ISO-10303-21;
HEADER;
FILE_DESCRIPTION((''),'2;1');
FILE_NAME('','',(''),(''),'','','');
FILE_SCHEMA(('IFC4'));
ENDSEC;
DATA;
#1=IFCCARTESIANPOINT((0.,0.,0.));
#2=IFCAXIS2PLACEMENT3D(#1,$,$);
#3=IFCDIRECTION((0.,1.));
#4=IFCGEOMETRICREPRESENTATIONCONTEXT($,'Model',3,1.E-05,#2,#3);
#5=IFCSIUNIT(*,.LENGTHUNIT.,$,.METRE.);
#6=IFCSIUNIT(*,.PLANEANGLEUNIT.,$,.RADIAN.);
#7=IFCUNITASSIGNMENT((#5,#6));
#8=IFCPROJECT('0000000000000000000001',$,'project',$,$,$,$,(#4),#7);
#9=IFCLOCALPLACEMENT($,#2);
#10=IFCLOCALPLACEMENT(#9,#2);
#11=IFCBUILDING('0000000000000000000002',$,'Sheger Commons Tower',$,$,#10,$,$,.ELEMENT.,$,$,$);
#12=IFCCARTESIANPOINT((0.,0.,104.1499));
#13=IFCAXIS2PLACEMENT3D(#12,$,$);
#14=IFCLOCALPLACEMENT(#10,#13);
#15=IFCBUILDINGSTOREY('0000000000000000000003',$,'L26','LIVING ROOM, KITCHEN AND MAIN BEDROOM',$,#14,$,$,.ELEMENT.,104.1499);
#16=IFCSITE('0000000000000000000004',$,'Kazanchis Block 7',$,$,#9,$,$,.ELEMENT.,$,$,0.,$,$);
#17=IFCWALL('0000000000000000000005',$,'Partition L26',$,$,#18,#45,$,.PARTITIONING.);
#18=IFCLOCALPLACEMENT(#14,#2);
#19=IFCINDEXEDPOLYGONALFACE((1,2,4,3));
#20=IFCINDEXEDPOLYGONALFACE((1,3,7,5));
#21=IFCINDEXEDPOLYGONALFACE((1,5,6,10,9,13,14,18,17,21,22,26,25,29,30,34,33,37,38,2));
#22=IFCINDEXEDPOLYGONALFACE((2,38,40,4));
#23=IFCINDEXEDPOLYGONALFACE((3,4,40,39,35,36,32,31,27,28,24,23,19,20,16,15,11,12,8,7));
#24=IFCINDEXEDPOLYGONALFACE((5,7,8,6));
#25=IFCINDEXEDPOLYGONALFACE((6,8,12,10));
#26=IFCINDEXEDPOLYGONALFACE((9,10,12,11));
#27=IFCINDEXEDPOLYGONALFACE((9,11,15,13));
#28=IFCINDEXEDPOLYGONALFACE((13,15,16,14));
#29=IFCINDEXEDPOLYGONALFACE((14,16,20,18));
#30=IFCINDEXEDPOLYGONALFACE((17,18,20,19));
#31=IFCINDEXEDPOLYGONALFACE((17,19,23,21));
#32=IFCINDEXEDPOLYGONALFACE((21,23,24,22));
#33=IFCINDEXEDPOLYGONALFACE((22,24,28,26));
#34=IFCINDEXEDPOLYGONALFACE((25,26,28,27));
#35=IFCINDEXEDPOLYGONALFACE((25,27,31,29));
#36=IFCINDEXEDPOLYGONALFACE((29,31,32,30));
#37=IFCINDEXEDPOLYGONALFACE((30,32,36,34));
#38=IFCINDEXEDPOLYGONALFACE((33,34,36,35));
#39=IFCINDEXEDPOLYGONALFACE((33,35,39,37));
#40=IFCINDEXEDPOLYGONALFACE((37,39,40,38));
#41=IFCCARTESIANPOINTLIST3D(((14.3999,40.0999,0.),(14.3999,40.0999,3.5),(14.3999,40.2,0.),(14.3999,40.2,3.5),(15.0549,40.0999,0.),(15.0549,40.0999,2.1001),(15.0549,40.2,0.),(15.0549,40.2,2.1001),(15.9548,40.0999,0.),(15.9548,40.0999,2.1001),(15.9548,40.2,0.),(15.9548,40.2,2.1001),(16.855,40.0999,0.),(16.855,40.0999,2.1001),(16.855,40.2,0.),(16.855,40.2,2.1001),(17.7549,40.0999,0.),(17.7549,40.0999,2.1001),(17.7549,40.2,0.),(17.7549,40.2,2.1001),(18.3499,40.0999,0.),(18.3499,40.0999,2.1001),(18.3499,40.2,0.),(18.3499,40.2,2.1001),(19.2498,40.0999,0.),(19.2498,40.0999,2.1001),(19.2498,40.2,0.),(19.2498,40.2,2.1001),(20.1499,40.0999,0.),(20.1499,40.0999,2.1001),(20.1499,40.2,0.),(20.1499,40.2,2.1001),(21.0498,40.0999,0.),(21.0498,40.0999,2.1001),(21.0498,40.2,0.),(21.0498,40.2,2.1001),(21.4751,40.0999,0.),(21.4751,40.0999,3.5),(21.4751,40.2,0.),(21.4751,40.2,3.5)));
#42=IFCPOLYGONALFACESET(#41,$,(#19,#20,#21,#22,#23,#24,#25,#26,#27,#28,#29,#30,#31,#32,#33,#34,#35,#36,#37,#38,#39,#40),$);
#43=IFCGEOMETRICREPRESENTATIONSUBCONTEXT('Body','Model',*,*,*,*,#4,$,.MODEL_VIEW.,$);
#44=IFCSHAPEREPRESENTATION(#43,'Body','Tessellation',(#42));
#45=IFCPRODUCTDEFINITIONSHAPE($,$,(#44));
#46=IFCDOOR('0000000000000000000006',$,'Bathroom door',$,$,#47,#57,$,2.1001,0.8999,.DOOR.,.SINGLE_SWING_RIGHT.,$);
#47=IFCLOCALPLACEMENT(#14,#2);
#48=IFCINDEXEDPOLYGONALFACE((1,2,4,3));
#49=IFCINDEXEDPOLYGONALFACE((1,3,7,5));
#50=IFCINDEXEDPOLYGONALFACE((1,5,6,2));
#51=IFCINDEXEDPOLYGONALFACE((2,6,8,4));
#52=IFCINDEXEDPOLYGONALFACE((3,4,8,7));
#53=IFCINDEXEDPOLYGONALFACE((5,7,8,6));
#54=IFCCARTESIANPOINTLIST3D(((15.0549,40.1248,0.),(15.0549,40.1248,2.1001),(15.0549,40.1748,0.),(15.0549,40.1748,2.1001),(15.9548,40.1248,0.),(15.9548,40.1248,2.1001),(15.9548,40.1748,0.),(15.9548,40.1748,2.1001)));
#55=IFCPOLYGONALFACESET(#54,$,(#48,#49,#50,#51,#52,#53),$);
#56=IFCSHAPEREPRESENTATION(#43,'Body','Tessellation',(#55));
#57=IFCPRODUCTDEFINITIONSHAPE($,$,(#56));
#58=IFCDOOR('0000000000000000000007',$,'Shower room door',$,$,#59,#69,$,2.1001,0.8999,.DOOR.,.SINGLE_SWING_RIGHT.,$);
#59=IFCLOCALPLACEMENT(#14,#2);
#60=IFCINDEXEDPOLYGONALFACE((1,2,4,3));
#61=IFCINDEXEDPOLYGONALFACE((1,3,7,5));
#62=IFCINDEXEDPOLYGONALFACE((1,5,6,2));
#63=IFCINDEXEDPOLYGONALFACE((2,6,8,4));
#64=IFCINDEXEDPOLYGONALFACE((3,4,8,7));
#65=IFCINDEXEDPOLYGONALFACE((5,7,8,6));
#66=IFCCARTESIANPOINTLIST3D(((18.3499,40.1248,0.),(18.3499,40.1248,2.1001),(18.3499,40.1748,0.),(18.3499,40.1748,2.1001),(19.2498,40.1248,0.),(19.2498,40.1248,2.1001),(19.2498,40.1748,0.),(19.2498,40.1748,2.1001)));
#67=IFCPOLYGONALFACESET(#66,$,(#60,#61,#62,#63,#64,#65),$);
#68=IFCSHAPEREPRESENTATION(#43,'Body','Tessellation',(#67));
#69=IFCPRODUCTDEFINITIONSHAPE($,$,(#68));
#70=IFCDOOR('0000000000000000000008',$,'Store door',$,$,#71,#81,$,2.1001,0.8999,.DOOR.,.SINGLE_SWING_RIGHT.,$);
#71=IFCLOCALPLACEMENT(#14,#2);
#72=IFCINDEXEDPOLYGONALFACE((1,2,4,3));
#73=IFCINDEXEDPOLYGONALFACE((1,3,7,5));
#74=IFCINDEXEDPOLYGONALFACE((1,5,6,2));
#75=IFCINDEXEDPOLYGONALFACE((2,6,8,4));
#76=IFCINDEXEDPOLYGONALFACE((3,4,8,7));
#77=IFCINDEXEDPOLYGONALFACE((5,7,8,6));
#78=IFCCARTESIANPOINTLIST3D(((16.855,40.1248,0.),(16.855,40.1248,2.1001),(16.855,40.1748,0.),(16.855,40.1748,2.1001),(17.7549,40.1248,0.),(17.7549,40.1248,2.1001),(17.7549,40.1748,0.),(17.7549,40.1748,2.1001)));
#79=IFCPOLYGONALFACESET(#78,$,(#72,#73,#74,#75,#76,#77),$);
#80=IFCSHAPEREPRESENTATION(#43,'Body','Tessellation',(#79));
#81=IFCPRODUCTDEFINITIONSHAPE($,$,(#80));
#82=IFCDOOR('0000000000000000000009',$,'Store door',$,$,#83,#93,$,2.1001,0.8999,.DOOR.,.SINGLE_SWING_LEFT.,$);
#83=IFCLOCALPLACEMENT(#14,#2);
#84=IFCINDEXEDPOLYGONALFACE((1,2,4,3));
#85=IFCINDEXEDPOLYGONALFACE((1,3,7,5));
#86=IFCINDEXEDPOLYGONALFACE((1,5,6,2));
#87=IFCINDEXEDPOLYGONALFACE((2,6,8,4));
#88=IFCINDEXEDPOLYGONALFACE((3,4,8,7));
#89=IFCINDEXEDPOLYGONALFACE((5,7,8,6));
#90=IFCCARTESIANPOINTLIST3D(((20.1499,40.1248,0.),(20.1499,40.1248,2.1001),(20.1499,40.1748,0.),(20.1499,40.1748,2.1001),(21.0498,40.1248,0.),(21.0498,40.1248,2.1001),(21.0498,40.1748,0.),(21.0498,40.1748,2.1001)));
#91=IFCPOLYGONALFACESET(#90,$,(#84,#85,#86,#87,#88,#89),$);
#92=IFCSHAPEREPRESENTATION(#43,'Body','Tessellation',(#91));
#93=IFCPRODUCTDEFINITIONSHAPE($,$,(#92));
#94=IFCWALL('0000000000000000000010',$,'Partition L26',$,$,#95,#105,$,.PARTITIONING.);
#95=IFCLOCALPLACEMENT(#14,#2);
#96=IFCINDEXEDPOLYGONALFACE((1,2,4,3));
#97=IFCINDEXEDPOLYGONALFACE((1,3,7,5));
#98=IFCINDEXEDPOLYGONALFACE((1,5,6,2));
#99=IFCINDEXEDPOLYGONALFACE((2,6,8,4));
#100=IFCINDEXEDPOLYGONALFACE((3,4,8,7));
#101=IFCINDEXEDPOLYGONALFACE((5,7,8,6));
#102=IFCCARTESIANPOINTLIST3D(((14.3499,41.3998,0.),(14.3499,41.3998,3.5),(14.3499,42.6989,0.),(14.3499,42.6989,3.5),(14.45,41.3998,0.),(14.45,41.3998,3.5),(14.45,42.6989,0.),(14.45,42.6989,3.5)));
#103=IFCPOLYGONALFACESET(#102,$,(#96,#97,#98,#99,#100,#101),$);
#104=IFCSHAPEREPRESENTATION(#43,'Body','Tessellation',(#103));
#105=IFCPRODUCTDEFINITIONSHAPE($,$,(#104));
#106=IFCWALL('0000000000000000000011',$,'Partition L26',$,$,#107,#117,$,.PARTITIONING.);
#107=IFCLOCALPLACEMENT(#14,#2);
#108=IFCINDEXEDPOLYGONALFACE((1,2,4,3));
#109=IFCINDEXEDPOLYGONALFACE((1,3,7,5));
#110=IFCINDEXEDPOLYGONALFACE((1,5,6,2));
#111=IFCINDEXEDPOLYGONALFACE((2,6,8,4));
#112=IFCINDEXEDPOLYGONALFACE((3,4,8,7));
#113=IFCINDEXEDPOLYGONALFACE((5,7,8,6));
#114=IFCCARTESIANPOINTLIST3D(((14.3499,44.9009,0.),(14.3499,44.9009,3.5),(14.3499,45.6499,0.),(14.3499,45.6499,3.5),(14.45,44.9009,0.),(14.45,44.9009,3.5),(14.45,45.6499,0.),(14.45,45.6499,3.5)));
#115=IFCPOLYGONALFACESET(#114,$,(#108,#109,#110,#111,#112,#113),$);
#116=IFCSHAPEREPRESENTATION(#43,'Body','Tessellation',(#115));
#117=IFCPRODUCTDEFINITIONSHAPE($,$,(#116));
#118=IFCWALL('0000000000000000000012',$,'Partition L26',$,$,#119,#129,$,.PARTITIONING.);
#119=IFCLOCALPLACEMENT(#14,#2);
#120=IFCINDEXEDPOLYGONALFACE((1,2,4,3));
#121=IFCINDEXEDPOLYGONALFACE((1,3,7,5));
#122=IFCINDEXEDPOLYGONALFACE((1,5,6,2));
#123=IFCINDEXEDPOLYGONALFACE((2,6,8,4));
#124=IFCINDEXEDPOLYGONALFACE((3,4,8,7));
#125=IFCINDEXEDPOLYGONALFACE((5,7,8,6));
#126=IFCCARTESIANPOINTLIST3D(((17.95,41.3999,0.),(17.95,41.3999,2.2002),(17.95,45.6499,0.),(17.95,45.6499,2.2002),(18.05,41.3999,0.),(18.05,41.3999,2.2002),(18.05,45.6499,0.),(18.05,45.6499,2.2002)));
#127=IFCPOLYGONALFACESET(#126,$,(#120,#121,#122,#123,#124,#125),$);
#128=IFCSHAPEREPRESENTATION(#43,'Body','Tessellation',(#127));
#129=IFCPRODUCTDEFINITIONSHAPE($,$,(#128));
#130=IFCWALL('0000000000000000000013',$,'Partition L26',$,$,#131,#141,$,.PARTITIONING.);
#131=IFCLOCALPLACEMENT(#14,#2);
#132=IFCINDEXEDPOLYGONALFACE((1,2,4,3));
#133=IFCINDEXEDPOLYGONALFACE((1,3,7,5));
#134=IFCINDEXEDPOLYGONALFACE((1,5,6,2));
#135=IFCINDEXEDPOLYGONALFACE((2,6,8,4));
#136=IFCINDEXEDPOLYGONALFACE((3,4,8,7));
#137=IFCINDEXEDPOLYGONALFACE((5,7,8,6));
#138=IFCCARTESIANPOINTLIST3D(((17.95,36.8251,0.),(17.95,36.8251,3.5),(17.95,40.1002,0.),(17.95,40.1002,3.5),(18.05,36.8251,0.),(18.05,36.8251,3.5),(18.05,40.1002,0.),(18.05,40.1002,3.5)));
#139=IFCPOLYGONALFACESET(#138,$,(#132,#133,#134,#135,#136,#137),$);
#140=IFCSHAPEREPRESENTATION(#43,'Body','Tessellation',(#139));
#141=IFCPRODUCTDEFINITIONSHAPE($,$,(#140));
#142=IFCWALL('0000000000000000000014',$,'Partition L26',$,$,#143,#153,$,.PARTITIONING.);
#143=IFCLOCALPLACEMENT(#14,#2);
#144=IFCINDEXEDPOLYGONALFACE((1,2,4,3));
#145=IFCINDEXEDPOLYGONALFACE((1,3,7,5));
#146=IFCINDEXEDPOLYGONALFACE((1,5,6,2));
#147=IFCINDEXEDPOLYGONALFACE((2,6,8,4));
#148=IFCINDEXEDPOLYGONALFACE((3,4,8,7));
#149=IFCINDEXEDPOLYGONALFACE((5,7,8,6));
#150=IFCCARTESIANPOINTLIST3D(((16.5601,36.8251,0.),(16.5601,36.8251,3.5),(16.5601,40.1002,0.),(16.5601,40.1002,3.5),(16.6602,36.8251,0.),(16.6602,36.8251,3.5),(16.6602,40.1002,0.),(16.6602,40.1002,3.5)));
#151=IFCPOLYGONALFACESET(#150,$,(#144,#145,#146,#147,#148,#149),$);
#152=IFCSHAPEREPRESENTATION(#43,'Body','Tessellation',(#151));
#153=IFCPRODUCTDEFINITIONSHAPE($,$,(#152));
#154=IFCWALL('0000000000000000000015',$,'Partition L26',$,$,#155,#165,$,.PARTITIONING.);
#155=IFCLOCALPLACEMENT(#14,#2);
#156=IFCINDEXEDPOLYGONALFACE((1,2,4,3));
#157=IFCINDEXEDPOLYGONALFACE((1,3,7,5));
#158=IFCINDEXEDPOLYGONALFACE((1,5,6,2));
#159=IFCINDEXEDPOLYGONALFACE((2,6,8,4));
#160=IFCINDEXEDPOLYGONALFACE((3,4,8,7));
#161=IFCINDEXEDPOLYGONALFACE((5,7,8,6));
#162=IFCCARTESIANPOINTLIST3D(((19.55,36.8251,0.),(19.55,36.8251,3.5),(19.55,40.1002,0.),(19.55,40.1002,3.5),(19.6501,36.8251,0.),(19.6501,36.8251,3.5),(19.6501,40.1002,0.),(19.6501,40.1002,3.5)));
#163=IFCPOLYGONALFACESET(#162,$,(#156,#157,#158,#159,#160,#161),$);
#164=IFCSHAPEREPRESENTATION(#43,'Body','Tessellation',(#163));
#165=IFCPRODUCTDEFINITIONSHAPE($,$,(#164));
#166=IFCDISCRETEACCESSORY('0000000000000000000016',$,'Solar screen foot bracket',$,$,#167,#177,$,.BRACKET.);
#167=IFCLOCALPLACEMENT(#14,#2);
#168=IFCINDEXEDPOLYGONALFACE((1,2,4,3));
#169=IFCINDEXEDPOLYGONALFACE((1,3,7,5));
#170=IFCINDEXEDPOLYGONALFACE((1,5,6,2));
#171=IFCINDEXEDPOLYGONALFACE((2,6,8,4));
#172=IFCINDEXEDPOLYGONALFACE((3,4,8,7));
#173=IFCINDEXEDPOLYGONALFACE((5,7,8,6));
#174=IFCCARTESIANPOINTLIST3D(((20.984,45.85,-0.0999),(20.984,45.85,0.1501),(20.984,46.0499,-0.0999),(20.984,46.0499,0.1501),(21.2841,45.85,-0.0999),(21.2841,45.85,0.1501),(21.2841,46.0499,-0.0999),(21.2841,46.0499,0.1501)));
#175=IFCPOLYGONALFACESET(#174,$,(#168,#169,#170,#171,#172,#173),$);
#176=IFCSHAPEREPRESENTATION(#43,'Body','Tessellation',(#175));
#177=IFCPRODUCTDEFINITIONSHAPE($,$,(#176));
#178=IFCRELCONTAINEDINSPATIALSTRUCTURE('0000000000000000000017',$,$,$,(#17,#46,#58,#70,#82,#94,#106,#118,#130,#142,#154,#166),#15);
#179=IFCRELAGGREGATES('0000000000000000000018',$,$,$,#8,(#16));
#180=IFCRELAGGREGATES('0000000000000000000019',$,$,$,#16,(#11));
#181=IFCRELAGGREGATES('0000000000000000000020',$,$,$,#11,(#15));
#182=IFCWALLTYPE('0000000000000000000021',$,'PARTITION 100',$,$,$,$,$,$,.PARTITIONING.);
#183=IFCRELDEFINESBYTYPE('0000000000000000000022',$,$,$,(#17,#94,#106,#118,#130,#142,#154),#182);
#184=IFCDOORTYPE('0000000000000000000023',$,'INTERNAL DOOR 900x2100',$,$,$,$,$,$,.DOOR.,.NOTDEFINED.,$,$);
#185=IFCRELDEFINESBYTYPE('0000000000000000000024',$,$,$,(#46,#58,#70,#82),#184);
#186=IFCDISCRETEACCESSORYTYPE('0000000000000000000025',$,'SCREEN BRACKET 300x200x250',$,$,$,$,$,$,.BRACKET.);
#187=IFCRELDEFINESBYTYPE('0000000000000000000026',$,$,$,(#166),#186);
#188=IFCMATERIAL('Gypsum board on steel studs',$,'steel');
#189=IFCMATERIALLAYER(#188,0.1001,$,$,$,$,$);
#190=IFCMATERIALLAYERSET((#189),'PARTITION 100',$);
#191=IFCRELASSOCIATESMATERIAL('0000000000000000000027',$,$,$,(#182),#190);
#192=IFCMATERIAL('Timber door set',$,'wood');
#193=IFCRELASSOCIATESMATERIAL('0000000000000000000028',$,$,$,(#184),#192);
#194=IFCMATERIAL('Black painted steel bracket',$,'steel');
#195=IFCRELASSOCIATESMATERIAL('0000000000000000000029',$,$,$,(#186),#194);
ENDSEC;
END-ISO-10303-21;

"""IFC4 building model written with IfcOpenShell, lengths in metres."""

from ifc_helpers import new_model, si_unit, direction, frame, frame_2d, origin, origin_2d, place, context, subcontext, project, spatial, rectangle, extrude, material, layer, layer_set, type_object, element, fill, save


model = new_model("IFC4")

# Units and contexts
model_context = context("Model", 3, precision=1e-05, world=origin(), true_north=direction((0.0, 1.0)))
body_context = subcontext(model_context, "Body", "Model", "MODEL_VIEW")
ifc_project = project(units=[si_unit("LENGTHUNIT", "METRE"), si_unit("PLANEANGLEUNIT", "RADIAN")], contexts=[model_context])

# Site, building, storey
site_placement = place(None, origin())
site = spatial("IfcSite", under=ifc_project, at=site_placement, Name="Kazanchis Block 7", CompositionType="ELEMENT", RefElevation=0.0)
building_placement = place(site_placement, origin())
building = spatial("IfcBuilding", under=site, at=building_placement, Name="Sheger Commons Tower", CompositionType="ELEMENT")
storey_placement = place(building_placement, frame((0.0, 0.0, 104.1499)))
storey = spatial("IfcBuildingStorey", under=building, at=storey_placement, Name="L26", Description="LIVING ROOM, KITCHEN AND MAIN BEDROOM", CompositionType="ELEMENT", Elevation=104.1499)

# Wall, openings, doors
ifc_material_1 = material(Name="Gypsum board on steel studs", Category="steel")
ifc_layer_1 = layer(ifc_material_1, 0.1001)
ifc_layer_set_1 = layer_set([ifc_layer_1], Name="PARTITION 100")
wall_type_1 = type_object("IfcWallType", Name="PARTITION 100", PredefinedType="PARTITIONING", material=ifc_layer_set_1)
ifc_material_2 = material(Name="Timber door set", Category="wood")
door_type = type_object("IfcDoorType", Name="INTERNAL DOOR 900x2100", OperationType="NOTDEFINED", PredefinedType="DOOR", material=ifc_material_2)
wall_1_placement = place(storey_placement, frame((14.3999, 40.1499, 0.0), z_axis=(0.0, 0.0, 1.0), x_axis=(1.0, 0.0, 0.0)))
wall_1 = element("IfcWall", 1, at=wall_1_placement, inside=storey, type_object=wall_type_1, Name="Partition L26", PredefinedType="PARTITIONING", context=body_context, shape_type="SweptSolid", body=[
    extrude(rectangle(XDim=7.0752, YDim=0.1001, at=frame_2d((3.5376, 0.0))), origin(), (0.0, 0.0, 1.0), 3.5),
])
opening_1_placement = place(wall_1_placement, frame((0.655, 0.0, 0.0)))
opening_1 = element("IfcOpeningElement", 2, at=opening_1_placement, cuts=wall_1, PredefinedType="OPENING", context=body_context, shape_type="SweptSolid", body=[
    extrude(rectangle(XDim=0.8999, YDim=2.1001, at=frame_2d((0.45, 1.05))), frame((0.0, 0.0601, 0.0), z_axis=(0.0, -1.0, 0.0), x_axis=(1.0, 0.0, 0.0)), (0.0, 0.0, 1.0), 0.1201),
])
opening_2_placement = place(wall_1_placement, frame((3.95, 0.0, 0.0)))
opening_2 = element("IfcOpeningElement", 3, at=opening_2_placement, cuts=wall_1, PredefinedType="OPENING", context=body_context, shape_type="SweptSolid", body=[
    extrude(rectangle(XDim=0.8999, YDim=2.1001, at=frame_2d((0.45, 1.05))), frame((0.0, 0.0601, 0.0), z_axis=(0.0, -1.0, 0.0), x_axis=(1.0, 0.0, 0.0)), (0.0, 0.0, 1.0), 0.1201),
])
opening_3_placement = place(wall_1_placement, frame((2.4551, 0.0, 0.0)))
opening_3 = element("IfcOpeningElement", 4, at=opening_3_placement, cuts=wall_1, PredefinedType="OPENING", context=body_context, shape_type="SweptSolid", body=[
    extrude(rectangle(XDim=0.8999, YDim=2.1001, at=frame_2d((0.45, 1.05))), frame((0.0, 0.0601, 0.0), z_axis=(0.0, -1.0, 0.0), x_axis=(1.0, 0.0, 0.0)), (0.0, 0.0, 1.0), 0.1201),
])
opening_4_placement = place(wall_1_placement, frame((5.75, 0.0, 0.0)))
opening_4 = element("IfcOpeningElement", 5, at=opening_4_placement, cuts=wall_1, PredefinedType="OPENING", context=body_context, shape_type="SweptSolid", body=[
    extrude(rectangle(XDim=0.8999, YDim=2.1001, at=frame_2d((0.45, 1.05))), frame((0.0, 0.0601, 0.0), z_axis=(0.0, -1.0, 0.0), x_axis=(1.0, 0.0, 0.0)), (0.0, 0.0, 1.0), 0.1201),
])
door_1_placement = place(opening_1_placement, origin())
door_1 = element("IfcDoor", 6, at=door_1_placement, inside=storey, type_object=door_type, Name="Bathroom door", OperationType="SINGLE_SWING_RIGHT", OverallHeight=2.1001, OverallWidth=0.8999, PredefinedType="DOOR", context=body_context, shape_type="SweptSolid", body=[
    extrude(rectangle(XDim=0.8999, YDim=2.1001, at=frame_2d((0.45, 1.05))), frame((0.0, 0.0249, 0.0), z_axis=(0.0, -1.0, 0.0), x_axis=(1.0, 0.0, 0.0)), (0.0, 0.0, 1.0), 0.05),
])
fill(opening_1, door_1)
door_2_placement = place(opening_2_placement, origin())
door_2 = element("IfcDoor", 7, at=door_2_placement, inside=storey, type_object=door_type, Name="Shower room door", OperationType="SINGLE_SWING_RIGHT", OverallHeight=2.1001, OverallWidth=0.8999, PredefinedType="DOOR", context=body_context, shape_type="SweptSolid", body=[
    extrude(rectangle(XDim=0.8999, YDim=2.1001, at=frame_2d((0.45, 1.05))), frame((0.0, 0.0249, 0.0), z_axis=(0.0, -1.0, 0.0), x_axis=(1.0, 0.0, 0.0)), (0.0, 0.0, 1.0), 0.05),
])
fill(opening_2, door_2)
door_3_placement = place(opening_3_placement, origin())
door_3 = element("IfcDoor", 8, at=door_3_placement, inside=storey, type_object=door_type, Name="Store door", OperationType="SINGLE_SWING_RIGHT", OverallHeight=2.1001, OverallWidth=0.8999, PredefinedType="DOOR", context=body_context, shape_type="SweptSolid", body=[
    extrude(rectangle(XDim=0.8999, YDim=2.1001, at=frame_2d((0.45, 1.05))), frame((0.0, 0.0249, 0.0), z_axis=(0.0, -1.0, 0.0), x_axis=(1.0, 0.0, 0.0)), (0.0, 0.0, 1.0), 0.05),
])
fill(opening_3, door_3)
door_4_placement = place(opening_4_placement, origin())
door_4 = element("IfcDoor", 9, at=door_4_placement, inside=storey, type_object=door_type, Name="Store door", OperationType="SINGLE_SWING_LEFT", OverallHeight=2.1001, OverallWidth=0.8999, PredefinedType="DOOR", context=body_context, shape_type="SweptSolid", body=[
    extrude(rectangle(XDim=0.8999, YDim=2.1001, at=frame_2d((0.45, 1.05))), frame((0.0, 0.0249, 0.0), z_axis=(0.0, -1.0, 0.0), x_axis=(1.0, 0.0, 0.0)), (0.0, 0.0, 1.0), 0.05),
])
fill(opening_4, door_4)

# Walls
wall_2_placement = place(storey_placement, frame((14.3999, 41.3999, 0.0), z_axis=(0.0, 0.0, 1.0), x_axis=(0.0, 1.0, 0.0)))
element("IfcWall", 10, at=wall_2_placement, inside=storey, type_object=wall_type_1, Name="Partition L26", PredefinedType="PARTITIONING", context=body_context, shape_type="SweptSolid", body=[
    extrude(rectangle(XDim=1.2991, YDim=0.1001, at=frame_2d((0.6494, 0.0))), origin(), (0.0, 0.0, 1.0), 3.5),
])
wall_3_placement = place(storey_placement, frame((14.3999, 44.9009, 0.0), z_axis=(0.0, 0.0, 1.0), x_axis=(0.0, 1.0, 0.0)))
element("IfcWall", 11, at=wall_3_placement, inside=storey, type_object=wall_type_1, Name="Partition L26", PredefinedType="PARTITIONING", context=body_context, shape_type="SweptSolid", body=[
    extrude(rectangle(XDim=0.749, YDim=0.1001, at=frame_2d((0.3745, 0.0))), origin(), (0.0, 0.0, 1.0), 3.5),
])
wall_4_placement = place(storey_placement, frame((18.0, 41.3999, 0.0), z_axis=(0.0, 0.0, 1.0), x_axis=(0.0, 1.0, 0.0)))
element("IfcWall", 12, at=wall_4_placement, inside=storey, type_object=wall_type_1, Name="Partition L26", PredefinedType="PARTITIONING", context=body_context, shape_type="SweptSolid", body=[
    extrude(rectangle(XDim=4.25, YDim=0.1001, at=frame_2d((2.125, 0.0))), origin(), (0.0, 0.0, 1.0), 2.2002),
])
for number, where, z_axis, x_axis, name in (
    (13, (18.0, 36.825, 0.0), (0.0, 0.0, 1.0), (0.0, 1.0, 0.0), "Partition L26"),
    (14, (16.6101, 36.825, 0.0), (0.0, 0.0, 1.0), (0.0, 1.0, 0.0), "Partition L26"),
    (15, (19.6001, 36.825, 0.0), (0.0, 0.0, 1.0), (0.0, 1.0, 0.0), "Partition L26"),
):
    element("IfcWall", number, at=place(storey_placement, frame(where, z_axis=z_axis, x_axis=x_axis)), inside=storey, type_object=wall_type_1, Name=name, PredefinedType="PARTITIONING", context=body_context, shape_type="SweptSolid", body=[
        extrude(rectangle(XDim=3.2751, YDim=0.1001, at=frame_2d((1.6377, 0.0))), origin(), (0.0, 0.0, 1.0), 3.5),
    ])

# Discrete accessory
ifc_material_3 = material(Name="Black painted steel bracket", Category="steel")
discrete_accessory_type = type_object("IfcDiscreteAccessoryType", Name="SCREEN BRACKET 300x200x250", PredefinedType="BRACKET", material=ifc_material_3)
for number, where, z_axis, x_axis, name in (
    (16, (21.134, 45.95, -0.0999), (0.0, 0.0, 1.0), (-1.0, 0.0, 0.0), "Solar screen foot bracket"),
):
    element("IfcDiscreteAccessory", number, at=place(storey_placement, frame(where, z_axis=z_axis, x_axis=x_axis)), inside=storey, type_object=discrete_accessory_type, Name=name, PredefinedType="BRACKET", context=body_context, shape_type="SweptSolid", body=[
        extrude(rectangle(XDim=0.3, YDim=0.2, at=origin_2d()), origin(), (0.0, 0.0, 1.0), 0.25),
    ])

save(model, "model.ifc")
